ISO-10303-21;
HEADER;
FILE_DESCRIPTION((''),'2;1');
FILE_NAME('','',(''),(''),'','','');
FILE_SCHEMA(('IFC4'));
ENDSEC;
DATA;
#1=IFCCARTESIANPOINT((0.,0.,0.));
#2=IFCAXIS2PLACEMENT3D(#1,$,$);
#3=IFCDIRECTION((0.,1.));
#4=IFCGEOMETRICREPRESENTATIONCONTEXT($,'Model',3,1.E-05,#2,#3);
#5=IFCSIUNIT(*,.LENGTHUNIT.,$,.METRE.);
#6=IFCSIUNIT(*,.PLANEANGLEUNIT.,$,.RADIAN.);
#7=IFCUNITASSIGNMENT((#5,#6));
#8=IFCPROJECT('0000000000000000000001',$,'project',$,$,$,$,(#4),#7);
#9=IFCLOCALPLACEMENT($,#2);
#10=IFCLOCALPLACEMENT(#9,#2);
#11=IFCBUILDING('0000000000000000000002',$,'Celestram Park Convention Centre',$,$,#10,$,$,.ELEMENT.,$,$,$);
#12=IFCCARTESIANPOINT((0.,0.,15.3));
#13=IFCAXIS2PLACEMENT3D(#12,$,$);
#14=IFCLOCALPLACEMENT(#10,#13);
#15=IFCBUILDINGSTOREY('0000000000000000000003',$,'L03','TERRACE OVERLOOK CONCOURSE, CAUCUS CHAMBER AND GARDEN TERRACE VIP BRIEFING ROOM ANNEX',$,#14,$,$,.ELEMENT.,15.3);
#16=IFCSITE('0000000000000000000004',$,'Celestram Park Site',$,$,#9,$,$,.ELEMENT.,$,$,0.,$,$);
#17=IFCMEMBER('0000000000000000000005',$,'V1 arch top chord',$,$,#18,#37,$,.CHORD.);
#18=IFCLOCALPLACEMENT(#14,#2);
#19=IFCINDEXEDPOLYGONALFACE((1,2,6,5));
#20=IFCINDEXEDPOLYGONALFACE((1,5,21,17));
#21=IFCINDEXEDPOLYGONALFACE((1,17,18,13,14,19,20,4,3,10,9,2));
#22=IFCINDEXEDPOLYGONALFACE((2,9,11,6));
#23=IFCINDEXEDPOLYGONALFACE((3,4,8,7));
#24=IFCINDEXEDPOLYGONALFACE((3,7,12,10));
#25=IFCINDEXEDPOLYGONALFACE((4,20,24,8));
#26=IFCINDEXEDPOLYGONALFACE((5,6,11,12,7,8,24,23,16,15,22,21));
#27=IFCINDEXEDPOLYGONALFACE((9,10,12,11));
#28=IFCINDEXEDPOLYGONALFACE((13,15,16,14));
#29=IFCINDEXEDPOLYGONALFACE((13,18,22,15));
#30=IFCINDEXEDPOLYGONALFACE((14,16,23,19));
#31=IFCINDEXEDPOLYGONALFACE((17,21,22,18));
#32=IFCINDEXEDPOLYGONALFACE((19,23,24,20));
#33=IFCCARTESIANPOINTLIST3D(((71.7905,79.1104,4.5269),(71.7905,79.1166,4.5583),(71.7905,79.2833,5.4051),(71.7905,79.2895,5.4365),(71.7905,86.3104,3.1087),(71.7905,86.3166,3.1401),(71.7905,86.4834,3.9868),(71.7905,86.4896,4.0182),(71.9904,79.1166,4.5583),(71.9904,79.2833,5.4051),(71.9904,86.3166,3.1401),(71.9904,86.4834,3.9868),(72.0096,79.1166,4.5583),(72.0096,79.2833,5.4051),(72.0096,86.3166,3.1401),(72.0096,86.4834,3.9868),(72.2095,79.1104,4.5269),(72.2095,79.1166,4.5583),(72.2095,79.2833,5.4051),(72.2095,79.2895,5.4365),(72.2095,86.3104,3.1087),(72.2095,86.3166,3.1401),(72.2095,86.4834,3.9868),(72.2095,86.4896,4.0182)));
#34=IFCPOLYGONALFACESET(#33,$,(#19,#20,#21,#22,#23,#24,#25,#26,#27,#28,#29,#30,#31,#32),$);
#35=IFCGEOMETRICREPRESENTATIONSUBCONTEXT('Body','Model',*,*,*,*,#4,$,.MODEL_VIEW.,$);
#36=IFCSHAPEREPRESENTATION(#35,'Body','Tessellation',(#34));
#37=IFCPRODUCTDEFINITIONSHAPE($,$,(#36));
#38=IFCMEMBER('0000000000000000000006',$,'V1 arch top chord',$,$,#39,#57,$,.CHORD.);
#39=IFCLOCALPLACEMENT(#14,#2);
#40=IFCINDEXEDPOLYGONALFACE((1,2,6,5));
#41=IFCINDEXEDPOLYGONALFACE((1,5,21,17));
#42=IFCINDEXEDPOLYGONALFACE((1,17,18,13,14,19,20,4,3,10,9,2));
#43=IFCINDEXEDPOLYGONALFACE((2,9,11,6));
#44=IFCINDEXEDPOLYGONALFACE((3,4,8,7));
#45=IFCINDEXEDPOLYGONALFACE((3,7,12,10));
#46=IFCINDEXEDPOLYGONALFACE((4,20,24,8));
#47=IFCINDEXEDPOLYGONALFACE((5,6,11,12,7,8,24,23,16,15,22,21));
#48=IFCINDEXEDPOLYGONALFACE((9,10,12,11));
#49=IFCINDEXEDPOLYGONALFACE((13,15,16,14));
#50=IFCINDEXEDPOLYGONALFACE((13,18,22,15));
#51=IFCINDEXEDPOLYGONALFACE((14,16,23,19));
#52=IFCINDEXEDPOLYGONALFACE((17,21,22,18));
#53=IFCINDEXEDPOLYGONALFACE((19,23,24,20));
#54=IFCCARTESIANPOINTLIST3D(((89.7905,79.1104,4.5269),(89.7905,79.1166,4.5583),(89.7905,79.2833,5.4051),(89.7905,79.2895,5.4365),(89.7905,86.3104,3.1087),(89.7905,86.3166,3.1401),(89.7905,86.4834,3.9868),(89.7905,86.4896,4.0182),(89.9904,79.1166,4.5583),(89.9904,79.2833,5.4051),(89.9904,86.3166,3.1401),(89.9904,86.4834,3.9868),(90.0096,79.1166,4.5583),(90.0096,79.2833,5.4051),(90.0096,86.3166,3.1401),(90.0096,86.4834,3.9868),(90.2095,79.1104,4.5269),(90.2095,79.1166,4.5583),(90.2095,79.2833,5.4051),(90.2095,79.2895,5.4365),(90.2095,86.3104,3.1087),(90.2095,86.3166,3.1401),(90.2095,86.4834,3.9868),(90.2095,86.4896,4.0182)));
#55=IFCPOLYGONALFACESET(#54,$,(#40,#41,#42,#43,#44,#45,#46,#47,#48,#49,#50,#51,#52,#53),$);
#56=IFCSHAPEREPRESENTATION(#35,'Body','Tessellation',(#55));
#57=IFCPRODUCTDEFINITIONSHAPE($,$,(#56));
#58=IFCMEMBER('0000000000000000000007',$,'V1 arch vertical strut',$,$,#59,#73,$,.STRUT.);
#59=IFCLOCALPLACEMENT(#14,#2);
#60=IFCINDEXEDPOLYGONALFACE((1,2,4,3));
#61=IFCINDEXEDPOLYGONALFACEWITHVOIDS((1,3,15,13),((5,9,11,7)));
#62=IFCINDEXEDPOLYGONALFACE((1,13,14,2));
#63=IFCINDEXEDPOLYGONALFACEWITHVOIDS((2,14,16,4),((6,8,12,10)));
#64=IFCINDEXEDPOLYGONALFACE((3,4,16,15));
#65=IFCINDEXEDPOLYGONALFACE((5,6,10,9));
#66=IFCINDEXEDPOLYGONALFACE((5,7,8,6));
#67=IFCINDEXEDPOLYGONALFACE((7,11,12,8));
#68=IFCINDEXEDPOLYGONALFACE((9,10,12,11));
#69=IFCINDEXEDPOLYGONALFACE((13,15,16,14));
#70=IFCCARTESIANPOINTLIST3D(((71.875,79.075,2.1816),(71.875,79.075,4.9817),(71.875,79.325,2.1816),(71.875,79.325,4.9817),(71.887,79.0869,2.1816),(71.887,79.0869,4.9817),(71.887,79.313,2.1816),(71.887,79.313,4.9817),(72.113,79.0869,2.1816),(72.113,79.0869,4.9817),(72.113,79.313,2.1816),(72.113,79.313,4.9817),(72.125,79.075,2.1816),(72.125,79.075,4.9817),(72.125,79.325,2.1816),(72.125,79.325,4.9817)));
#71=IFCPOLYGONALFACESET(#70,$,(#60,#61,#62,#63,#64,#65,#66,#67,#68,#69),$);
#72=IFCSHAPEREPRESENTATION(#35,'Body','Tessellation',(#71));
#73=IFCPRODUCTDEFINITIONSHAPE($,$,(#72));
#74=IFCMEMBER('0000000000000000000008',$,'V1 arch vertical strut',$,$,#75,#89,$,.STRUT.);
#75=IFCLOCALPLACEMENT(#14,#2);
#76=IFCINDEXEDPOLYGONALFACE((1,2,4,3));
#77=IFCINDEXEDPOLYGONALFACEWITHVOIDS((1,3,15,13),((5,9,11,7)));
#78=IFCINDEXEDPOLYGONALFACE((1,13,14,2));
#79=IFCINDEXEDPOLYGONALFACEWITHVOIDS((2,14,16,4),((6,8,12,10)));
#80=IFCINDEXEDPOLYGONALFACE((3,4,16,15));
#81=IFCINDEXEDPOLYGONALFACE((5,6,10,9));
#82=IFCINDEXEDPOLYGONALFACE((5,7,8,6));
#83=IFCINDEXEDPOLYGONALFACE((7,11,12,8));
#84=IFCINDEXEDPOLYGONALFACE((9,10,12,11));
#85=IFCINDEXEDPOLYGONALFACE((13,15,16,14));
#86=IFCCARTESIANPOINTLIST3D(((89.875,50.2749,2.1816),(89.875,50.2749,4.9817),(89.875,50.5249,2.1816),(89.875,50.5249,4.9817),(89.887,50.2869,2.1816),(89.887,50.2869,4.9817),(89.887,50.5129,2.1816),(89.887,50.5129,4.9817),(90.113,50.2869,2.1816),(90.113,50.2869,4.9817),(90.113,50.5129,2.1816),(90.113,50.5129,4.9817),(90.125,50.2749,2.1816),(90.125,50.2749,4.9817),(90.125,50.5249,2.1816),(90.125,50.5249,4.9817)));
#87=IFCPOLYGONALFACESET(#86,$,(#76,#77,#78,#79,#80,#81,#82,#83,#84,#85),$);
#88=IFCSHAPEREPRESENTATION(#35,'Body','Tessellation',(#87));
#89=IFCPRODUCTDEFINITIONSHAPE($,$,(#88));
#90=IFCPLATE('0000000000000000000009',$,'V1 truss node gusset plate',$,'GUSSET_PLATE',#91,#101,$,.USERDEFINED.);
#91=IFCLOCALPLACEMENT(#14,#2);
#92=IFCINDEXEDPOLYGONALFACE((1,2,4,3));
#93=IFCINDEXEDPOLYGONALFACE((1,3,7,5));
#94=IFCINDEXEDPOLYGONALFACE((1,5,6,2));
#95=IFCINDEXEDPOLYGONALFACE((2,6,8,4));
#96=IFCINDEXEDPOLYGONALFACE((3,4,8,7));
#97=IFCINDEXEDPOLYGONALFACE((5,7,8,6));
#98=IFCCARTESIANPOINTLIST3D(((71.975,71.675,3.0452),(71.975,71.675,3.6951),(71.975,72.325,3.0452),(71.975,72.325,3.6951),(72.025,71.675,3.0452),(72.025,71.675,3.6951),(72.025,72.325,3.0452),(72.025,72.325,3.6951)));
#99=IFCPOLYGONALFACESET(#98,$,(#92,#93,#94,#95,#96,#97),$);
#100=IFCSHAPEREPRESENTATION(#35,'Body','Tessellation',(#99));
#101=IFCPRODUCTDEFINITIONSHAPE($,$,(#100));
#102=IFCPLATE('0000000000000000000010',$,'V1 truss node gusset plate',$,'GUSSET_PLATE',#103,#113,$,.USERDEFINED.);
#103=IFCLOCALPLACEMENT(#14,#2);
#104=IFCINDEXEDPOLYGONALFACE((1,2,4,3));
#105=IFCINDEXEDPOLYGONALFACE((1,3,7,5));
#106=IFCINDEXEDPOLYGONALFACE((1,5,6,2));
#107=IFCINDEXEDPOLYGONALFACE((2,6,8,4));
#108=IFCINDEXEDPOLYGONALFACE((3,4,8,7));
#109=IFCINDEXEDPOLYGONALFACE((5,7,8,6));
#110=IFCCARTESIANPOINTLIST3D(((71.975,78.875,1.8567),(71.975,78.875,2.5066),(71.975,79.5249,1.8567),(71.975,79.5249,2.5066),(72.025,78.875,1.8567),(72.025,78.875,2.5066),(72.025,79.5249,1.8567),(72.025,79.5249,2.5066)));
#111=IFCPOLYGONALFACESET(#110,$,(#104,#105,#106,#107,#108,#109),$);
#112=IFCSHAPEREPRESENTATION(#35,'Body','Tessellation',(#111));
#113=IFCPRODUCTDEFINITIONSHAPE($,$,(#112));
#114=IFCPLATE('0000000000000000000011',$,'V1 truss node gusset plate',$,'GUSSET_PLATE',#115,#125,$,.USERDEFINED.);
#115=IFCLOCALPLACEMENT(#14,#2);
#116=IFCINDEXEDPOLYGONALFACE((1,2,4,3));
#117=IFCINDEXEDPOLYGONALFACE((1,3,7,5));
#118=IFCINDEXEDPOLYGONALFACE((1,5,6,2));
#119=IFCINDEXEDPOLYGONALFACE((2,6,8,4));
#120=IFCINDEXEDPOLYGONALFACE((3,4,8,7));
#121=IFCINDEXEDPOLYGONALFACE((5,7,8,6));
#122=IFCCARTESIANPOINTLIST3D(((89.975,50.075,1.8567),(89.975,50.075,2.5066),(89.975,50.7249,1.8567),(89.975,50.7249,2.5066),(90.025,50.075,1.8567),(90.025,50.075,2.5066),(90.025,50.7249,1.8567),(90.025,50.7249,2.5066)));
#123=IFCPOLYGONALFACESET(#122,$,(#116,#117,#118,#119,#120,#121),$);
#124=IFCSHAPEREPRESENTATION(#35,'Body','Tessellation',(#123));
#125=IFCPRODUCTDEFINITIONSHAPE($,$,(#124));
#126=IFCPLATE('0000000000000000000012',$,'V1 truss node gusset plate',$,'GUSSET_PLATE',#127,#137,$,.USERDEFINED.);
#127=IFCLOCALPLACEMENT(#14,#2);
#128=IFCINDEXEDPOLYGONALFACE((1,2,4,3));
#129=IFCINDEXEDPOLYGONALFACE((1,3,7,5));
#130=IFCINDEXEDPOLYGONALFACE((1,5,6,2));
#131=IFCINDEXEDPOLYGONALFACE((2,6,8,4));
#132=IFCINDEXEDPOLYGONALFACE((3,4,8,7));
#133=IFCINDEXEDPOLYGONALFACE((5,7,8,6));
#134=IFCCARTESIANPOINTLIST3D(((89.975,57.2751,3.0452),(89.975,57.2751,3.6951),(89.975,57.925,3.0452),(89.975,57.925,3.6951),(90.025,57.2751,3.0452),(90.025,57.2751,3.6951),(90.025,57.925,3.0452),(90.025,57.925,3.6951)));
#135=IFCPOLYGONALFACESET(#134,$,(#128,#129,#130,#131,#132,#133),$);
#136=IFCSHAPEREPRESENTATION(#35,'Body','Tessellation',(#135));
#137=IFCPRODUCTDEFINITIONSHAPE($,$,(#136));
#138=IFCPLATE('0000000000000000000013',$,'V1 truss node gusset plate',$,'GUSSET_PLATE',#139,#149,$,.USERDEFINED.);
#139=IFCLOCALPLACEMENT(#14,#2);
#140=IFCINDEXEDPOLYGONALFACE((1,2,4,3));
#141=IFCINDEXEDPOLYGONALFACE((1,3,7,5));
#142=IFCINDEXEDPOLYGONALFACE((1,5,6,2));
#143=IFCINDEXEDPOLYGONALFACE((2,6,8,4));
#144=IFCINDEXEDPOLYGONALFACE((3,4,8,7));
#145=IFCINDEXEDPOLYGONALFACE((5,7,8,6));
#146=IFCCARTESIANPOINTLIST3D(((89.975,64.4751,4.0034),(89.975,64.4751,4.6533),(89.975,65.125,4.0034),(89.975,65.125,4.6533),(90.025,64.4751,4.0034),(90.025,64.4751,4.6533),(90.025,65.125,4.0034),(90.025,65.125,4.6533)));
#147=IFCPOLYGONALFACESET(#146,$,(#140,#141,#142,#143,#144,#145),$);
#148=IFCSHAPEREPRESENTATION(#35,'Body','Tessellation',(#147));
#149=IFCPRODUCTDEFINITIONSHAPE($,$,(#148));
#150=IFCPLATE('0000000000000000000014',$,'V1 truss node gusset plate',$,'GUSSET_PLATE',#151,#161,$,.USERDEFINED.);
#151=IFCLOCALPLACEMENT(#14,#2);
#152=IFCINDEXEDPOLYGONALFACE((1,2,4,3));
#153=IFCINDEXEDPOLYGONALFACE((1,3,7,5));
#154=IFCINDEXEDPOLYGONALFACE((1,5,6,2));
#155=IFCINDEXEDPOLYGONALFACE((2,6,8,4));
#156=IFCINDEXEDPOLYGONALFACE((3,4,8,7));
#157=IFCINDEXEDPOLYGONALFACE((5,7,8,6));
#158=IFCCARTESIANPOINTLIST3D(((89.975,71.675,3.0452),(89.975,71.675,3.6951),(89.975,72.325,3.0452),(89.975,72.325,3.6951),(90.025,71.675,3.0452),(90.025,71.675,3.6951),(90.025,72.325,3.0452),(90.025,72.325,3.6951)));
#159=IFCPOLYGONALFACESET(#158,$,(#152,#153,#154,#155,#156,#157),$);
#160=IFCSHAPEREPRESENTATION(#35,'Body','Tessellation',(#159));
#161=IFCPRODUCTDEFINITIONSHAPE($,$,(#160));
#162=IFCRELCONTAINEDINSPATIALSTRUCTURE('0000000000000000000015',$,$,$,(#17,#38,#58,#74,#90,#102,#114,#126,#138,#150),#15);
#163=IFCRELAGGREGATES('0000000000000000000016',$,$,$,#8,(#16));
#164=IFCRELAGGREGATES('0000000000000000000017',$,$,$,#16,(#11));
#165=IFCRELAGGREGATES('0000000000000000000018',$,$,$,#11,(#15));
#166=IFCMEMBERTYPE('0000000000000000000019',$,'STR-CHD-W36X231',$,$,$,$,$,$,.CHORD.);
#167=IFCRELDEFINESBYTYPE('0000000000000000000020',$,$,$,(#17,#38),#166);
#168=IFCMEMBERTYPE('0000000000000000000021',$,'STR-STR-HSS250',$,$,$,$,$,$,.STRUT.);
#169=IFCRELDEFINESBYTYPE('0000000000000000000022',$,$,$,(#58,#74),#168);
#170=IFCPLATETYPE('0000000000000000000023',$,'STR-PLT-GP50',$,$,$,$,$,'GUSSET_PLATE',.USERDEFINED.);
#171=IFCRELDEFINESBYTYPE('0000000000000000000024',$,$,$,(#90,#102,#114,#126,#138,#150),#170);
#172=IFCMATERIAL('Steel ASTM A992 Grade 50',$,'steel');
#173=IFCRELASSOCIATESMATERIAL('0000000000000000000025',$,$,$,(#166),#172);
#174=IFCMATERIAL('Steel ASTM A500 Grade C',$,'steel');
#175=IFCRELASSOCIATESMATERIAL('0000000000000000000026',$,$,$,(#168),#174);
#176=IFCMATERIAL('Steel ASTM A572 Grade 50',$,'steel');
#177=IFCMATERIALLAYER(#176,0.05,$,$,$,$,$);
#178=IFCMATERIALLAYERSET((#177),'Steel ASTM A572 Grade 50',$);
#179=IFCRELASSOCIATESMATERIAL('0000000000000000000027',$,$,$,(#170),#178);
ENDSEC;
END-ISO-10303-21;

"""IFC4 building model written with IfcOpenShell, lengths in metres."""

from ifc_helpers import new_model, si_unit, direction, frame, origin, origin_2d, place, context, subcontext, project, spatial, rectangle, hollow_rectangle, i_section, extrude, material, layer, layer_set, material_profile, profile_set, type_object, element, save


model = new_model("IFC4")

# Units and contexts
model_context = context("Model", 3, precision=1e-05, world=origin(), true_north=direction((0.0, 1.0)))
body_context = subcontext(model_context, "Body", "Model", "MODEL_VIEW")
ifc_project = project(units=[si_unit("LENGTHUNIT", "METRE"), si_unit("PLANEANGLEUNIT", "RADIAN")], contexts=[model_context])

# Site, building, storey
site_placement = place(None, origin())
site = spatial("IfcSite", under=ifc_project, at=site_placement, Name="Celestram Park Site", CompositionType="ELEMENT", RefElevation=0.0)
building_placement = place(site_placement, origin())
building = spatial("IfcBuilding", under=site, at=building_placement, Name="Celestram Park Convention Centre", CompositionType="ELEMENT")
storey_placement = place(building_placement, frame((0.0, 0.0, 15.3)))
storey = spatial("IfcBuildingStorey", under=building, at=storey_placement, Name="L03", Description="TERRACE OVERLOOK CONCOURSE, CAUCUS CHAMBER AND GARDEN TERRACE VIP BRIEFING ROOM ANNEX", CompositionType="ELEMENT", Elevation=15.3)

# Members
ifc_material_1 = material(Name="Steel ASTM A500 Grade C", Category="steel")
ifc_material_2 = material(Name="Steel ASTM A992 Grade 50", Category="steel")
ifc_material_profile_1 = material_profile(ifc_material_2, i_section(OverallWidth=0.4189, OverallDepth=0.927, WebThickness=0.0193, FlangeThickness=0.032, at=origin_2d()), Name="W36X231")
ifc_profile_set_1 = profile_set([ifc_material_profile_1], Name="Steel ASTM A992 Grade 50")
member_type_1 = type_object("IfcMemberType", Name="STR-CHD-W36X231", PredefinedType="CHORD", material=ifc_profile_set_1)
for number, where, z_axis, x_axis, name in (
    (1, (72.0, 79.2, 4.9817), (0.0, 0.981147, -0.193262), (-1.0, 0.0, 0.0), "V1 arch top chord"),
    (2, (90.0, 79.2, 4.9817), (0.0, 0.981147, -0.193262), (-1.0, 0.0, 0.0), "V1 arch top chord"),
):
    element("IfcMember", number, at=place(storey_placement, frame(where, z_axis=z_axis, x_axis=x_axis)), inside=storey, type_object=member_type_1, Name=name, PredefinedType="CHORD", context=body_context, shape_type="SweptSolid", body=[
        extrude(i_section(OverallWidth=0.4189, OverallDepth=0.927, WebThickness=0.0193, FlangeThickness=0.032, at=origin_2d()), origin(), (0.0, 0.0, 1.0), 7.3384),
    ])
ifc_material_profile_2 = material_profile(ifc_material_1, hollow_rectangle(XDim=0.25, YDim=0.25, WallThickness=0.012, at=origin_2d()), Name="HSS250X250X12")
ifc_profile_set_2 = profile_set([ifc_material_profile_2], Name="Steel ASTM A500 Grade C")
member_type_2 = type_object("IfcMemberType", Name="STR-STR-HSS250", PredefinedType="STRUT", material=ifc_profile_set_2)
for number, where, z_axis, x_axis, name in (
    (3, (72.0, 79.2, 2.1816), (0.0, 0.0, 1.0), (1.0, 0.0, 0.0), "V1 arch vertical strut"),
    (4, (90.0, 50.3999, 2.1816), (0.0, 0.0, 1.0), (1.0, 0.0, 0.0), "V1 arch vertical strut"),
):
    element("IfcMember", number, at=place(storey_placement, frame(where, z_axis=z_axis, x_axis=x_axis)), inside=storey, type_object=member_type_2, Name=name, PredefinedType="STRUT", context=body_context, shape_type="SweptSolid", body=[
        extrude(hollow_rectangle(XDim=0.25, YDim=0.25, WallThickness=0.012, at=origin_2d()), origin(), (0.0, 0.0, 1.0), 2.8),
    ])

# Plates
ifc_material_3 = material(Name="Steel ASTM A572 Grade 50", Category="steel")
ifc_layer = layer(ifc_material_3, 0.05)
ifc_layer_set = layer_set([ifc_layer], Name="Steel ASTM A572 Grade 50")
plate_type = type_object("IfcPlateType", Name="STR-PLT-GP50", ElementType="GUSSET_PLATE", PredefinedType="USERDEFINED", material=ifc_layer_set)
for number, where, z_axis, x_axis, name in (
    (5, (72.0, 72.0, 3.0452), (0.0, 0.0, 1.0), (0.0, 1.0, 0.0), "V1 truss node gusset plate"),
    (6, (72.0, 79.2, 1.8567), (0.0, 0.0, 1.0), (0.0, 1.0, 0.0), "V1 truss node gusset plate"),
    (7, (90.0, 50.3999, 1.8567), (0.0, 0.0, 1.0), (0.0, 1.0, 0.0), "V1 truss node gusset plate"),
    (8, (90.0, 57.6001, 3.0452), (0.0, 0.0, 1.0), (0.0, 1.0, 0.0), "V1 truss node gusset plate"),
    (9, (90.0, 64.8, 4.0034), (0.0, 0.0, 1.0), (0.0, 1.0, 0.0), "V1 truss node gusset plate"),
    (10, (90.0, 72.0, 3.0452), (0.0, 0.0, 1.0), (0.0, 1.0, 0.0), "V1 truss node gusset plate"),
):
    element("IfcPlate", number, at=place(storey_placement, frame(where, z_axis=z_axis, x_axis=x_axis)), inside=storey, type_object=plate_type, Name=name, ObjectType="GUSSET_PLATE", PredefinedType="USERDEFINED", context=body_context, shape_type="SweptSolid", body=[
        extrude(rectangle(XDim=0.6499, YDim=0.05, at=origin_2d()), origin(), (0.0, 0.0, 1.0), 0.6499),
    ])

save(model, "model.ifc")
